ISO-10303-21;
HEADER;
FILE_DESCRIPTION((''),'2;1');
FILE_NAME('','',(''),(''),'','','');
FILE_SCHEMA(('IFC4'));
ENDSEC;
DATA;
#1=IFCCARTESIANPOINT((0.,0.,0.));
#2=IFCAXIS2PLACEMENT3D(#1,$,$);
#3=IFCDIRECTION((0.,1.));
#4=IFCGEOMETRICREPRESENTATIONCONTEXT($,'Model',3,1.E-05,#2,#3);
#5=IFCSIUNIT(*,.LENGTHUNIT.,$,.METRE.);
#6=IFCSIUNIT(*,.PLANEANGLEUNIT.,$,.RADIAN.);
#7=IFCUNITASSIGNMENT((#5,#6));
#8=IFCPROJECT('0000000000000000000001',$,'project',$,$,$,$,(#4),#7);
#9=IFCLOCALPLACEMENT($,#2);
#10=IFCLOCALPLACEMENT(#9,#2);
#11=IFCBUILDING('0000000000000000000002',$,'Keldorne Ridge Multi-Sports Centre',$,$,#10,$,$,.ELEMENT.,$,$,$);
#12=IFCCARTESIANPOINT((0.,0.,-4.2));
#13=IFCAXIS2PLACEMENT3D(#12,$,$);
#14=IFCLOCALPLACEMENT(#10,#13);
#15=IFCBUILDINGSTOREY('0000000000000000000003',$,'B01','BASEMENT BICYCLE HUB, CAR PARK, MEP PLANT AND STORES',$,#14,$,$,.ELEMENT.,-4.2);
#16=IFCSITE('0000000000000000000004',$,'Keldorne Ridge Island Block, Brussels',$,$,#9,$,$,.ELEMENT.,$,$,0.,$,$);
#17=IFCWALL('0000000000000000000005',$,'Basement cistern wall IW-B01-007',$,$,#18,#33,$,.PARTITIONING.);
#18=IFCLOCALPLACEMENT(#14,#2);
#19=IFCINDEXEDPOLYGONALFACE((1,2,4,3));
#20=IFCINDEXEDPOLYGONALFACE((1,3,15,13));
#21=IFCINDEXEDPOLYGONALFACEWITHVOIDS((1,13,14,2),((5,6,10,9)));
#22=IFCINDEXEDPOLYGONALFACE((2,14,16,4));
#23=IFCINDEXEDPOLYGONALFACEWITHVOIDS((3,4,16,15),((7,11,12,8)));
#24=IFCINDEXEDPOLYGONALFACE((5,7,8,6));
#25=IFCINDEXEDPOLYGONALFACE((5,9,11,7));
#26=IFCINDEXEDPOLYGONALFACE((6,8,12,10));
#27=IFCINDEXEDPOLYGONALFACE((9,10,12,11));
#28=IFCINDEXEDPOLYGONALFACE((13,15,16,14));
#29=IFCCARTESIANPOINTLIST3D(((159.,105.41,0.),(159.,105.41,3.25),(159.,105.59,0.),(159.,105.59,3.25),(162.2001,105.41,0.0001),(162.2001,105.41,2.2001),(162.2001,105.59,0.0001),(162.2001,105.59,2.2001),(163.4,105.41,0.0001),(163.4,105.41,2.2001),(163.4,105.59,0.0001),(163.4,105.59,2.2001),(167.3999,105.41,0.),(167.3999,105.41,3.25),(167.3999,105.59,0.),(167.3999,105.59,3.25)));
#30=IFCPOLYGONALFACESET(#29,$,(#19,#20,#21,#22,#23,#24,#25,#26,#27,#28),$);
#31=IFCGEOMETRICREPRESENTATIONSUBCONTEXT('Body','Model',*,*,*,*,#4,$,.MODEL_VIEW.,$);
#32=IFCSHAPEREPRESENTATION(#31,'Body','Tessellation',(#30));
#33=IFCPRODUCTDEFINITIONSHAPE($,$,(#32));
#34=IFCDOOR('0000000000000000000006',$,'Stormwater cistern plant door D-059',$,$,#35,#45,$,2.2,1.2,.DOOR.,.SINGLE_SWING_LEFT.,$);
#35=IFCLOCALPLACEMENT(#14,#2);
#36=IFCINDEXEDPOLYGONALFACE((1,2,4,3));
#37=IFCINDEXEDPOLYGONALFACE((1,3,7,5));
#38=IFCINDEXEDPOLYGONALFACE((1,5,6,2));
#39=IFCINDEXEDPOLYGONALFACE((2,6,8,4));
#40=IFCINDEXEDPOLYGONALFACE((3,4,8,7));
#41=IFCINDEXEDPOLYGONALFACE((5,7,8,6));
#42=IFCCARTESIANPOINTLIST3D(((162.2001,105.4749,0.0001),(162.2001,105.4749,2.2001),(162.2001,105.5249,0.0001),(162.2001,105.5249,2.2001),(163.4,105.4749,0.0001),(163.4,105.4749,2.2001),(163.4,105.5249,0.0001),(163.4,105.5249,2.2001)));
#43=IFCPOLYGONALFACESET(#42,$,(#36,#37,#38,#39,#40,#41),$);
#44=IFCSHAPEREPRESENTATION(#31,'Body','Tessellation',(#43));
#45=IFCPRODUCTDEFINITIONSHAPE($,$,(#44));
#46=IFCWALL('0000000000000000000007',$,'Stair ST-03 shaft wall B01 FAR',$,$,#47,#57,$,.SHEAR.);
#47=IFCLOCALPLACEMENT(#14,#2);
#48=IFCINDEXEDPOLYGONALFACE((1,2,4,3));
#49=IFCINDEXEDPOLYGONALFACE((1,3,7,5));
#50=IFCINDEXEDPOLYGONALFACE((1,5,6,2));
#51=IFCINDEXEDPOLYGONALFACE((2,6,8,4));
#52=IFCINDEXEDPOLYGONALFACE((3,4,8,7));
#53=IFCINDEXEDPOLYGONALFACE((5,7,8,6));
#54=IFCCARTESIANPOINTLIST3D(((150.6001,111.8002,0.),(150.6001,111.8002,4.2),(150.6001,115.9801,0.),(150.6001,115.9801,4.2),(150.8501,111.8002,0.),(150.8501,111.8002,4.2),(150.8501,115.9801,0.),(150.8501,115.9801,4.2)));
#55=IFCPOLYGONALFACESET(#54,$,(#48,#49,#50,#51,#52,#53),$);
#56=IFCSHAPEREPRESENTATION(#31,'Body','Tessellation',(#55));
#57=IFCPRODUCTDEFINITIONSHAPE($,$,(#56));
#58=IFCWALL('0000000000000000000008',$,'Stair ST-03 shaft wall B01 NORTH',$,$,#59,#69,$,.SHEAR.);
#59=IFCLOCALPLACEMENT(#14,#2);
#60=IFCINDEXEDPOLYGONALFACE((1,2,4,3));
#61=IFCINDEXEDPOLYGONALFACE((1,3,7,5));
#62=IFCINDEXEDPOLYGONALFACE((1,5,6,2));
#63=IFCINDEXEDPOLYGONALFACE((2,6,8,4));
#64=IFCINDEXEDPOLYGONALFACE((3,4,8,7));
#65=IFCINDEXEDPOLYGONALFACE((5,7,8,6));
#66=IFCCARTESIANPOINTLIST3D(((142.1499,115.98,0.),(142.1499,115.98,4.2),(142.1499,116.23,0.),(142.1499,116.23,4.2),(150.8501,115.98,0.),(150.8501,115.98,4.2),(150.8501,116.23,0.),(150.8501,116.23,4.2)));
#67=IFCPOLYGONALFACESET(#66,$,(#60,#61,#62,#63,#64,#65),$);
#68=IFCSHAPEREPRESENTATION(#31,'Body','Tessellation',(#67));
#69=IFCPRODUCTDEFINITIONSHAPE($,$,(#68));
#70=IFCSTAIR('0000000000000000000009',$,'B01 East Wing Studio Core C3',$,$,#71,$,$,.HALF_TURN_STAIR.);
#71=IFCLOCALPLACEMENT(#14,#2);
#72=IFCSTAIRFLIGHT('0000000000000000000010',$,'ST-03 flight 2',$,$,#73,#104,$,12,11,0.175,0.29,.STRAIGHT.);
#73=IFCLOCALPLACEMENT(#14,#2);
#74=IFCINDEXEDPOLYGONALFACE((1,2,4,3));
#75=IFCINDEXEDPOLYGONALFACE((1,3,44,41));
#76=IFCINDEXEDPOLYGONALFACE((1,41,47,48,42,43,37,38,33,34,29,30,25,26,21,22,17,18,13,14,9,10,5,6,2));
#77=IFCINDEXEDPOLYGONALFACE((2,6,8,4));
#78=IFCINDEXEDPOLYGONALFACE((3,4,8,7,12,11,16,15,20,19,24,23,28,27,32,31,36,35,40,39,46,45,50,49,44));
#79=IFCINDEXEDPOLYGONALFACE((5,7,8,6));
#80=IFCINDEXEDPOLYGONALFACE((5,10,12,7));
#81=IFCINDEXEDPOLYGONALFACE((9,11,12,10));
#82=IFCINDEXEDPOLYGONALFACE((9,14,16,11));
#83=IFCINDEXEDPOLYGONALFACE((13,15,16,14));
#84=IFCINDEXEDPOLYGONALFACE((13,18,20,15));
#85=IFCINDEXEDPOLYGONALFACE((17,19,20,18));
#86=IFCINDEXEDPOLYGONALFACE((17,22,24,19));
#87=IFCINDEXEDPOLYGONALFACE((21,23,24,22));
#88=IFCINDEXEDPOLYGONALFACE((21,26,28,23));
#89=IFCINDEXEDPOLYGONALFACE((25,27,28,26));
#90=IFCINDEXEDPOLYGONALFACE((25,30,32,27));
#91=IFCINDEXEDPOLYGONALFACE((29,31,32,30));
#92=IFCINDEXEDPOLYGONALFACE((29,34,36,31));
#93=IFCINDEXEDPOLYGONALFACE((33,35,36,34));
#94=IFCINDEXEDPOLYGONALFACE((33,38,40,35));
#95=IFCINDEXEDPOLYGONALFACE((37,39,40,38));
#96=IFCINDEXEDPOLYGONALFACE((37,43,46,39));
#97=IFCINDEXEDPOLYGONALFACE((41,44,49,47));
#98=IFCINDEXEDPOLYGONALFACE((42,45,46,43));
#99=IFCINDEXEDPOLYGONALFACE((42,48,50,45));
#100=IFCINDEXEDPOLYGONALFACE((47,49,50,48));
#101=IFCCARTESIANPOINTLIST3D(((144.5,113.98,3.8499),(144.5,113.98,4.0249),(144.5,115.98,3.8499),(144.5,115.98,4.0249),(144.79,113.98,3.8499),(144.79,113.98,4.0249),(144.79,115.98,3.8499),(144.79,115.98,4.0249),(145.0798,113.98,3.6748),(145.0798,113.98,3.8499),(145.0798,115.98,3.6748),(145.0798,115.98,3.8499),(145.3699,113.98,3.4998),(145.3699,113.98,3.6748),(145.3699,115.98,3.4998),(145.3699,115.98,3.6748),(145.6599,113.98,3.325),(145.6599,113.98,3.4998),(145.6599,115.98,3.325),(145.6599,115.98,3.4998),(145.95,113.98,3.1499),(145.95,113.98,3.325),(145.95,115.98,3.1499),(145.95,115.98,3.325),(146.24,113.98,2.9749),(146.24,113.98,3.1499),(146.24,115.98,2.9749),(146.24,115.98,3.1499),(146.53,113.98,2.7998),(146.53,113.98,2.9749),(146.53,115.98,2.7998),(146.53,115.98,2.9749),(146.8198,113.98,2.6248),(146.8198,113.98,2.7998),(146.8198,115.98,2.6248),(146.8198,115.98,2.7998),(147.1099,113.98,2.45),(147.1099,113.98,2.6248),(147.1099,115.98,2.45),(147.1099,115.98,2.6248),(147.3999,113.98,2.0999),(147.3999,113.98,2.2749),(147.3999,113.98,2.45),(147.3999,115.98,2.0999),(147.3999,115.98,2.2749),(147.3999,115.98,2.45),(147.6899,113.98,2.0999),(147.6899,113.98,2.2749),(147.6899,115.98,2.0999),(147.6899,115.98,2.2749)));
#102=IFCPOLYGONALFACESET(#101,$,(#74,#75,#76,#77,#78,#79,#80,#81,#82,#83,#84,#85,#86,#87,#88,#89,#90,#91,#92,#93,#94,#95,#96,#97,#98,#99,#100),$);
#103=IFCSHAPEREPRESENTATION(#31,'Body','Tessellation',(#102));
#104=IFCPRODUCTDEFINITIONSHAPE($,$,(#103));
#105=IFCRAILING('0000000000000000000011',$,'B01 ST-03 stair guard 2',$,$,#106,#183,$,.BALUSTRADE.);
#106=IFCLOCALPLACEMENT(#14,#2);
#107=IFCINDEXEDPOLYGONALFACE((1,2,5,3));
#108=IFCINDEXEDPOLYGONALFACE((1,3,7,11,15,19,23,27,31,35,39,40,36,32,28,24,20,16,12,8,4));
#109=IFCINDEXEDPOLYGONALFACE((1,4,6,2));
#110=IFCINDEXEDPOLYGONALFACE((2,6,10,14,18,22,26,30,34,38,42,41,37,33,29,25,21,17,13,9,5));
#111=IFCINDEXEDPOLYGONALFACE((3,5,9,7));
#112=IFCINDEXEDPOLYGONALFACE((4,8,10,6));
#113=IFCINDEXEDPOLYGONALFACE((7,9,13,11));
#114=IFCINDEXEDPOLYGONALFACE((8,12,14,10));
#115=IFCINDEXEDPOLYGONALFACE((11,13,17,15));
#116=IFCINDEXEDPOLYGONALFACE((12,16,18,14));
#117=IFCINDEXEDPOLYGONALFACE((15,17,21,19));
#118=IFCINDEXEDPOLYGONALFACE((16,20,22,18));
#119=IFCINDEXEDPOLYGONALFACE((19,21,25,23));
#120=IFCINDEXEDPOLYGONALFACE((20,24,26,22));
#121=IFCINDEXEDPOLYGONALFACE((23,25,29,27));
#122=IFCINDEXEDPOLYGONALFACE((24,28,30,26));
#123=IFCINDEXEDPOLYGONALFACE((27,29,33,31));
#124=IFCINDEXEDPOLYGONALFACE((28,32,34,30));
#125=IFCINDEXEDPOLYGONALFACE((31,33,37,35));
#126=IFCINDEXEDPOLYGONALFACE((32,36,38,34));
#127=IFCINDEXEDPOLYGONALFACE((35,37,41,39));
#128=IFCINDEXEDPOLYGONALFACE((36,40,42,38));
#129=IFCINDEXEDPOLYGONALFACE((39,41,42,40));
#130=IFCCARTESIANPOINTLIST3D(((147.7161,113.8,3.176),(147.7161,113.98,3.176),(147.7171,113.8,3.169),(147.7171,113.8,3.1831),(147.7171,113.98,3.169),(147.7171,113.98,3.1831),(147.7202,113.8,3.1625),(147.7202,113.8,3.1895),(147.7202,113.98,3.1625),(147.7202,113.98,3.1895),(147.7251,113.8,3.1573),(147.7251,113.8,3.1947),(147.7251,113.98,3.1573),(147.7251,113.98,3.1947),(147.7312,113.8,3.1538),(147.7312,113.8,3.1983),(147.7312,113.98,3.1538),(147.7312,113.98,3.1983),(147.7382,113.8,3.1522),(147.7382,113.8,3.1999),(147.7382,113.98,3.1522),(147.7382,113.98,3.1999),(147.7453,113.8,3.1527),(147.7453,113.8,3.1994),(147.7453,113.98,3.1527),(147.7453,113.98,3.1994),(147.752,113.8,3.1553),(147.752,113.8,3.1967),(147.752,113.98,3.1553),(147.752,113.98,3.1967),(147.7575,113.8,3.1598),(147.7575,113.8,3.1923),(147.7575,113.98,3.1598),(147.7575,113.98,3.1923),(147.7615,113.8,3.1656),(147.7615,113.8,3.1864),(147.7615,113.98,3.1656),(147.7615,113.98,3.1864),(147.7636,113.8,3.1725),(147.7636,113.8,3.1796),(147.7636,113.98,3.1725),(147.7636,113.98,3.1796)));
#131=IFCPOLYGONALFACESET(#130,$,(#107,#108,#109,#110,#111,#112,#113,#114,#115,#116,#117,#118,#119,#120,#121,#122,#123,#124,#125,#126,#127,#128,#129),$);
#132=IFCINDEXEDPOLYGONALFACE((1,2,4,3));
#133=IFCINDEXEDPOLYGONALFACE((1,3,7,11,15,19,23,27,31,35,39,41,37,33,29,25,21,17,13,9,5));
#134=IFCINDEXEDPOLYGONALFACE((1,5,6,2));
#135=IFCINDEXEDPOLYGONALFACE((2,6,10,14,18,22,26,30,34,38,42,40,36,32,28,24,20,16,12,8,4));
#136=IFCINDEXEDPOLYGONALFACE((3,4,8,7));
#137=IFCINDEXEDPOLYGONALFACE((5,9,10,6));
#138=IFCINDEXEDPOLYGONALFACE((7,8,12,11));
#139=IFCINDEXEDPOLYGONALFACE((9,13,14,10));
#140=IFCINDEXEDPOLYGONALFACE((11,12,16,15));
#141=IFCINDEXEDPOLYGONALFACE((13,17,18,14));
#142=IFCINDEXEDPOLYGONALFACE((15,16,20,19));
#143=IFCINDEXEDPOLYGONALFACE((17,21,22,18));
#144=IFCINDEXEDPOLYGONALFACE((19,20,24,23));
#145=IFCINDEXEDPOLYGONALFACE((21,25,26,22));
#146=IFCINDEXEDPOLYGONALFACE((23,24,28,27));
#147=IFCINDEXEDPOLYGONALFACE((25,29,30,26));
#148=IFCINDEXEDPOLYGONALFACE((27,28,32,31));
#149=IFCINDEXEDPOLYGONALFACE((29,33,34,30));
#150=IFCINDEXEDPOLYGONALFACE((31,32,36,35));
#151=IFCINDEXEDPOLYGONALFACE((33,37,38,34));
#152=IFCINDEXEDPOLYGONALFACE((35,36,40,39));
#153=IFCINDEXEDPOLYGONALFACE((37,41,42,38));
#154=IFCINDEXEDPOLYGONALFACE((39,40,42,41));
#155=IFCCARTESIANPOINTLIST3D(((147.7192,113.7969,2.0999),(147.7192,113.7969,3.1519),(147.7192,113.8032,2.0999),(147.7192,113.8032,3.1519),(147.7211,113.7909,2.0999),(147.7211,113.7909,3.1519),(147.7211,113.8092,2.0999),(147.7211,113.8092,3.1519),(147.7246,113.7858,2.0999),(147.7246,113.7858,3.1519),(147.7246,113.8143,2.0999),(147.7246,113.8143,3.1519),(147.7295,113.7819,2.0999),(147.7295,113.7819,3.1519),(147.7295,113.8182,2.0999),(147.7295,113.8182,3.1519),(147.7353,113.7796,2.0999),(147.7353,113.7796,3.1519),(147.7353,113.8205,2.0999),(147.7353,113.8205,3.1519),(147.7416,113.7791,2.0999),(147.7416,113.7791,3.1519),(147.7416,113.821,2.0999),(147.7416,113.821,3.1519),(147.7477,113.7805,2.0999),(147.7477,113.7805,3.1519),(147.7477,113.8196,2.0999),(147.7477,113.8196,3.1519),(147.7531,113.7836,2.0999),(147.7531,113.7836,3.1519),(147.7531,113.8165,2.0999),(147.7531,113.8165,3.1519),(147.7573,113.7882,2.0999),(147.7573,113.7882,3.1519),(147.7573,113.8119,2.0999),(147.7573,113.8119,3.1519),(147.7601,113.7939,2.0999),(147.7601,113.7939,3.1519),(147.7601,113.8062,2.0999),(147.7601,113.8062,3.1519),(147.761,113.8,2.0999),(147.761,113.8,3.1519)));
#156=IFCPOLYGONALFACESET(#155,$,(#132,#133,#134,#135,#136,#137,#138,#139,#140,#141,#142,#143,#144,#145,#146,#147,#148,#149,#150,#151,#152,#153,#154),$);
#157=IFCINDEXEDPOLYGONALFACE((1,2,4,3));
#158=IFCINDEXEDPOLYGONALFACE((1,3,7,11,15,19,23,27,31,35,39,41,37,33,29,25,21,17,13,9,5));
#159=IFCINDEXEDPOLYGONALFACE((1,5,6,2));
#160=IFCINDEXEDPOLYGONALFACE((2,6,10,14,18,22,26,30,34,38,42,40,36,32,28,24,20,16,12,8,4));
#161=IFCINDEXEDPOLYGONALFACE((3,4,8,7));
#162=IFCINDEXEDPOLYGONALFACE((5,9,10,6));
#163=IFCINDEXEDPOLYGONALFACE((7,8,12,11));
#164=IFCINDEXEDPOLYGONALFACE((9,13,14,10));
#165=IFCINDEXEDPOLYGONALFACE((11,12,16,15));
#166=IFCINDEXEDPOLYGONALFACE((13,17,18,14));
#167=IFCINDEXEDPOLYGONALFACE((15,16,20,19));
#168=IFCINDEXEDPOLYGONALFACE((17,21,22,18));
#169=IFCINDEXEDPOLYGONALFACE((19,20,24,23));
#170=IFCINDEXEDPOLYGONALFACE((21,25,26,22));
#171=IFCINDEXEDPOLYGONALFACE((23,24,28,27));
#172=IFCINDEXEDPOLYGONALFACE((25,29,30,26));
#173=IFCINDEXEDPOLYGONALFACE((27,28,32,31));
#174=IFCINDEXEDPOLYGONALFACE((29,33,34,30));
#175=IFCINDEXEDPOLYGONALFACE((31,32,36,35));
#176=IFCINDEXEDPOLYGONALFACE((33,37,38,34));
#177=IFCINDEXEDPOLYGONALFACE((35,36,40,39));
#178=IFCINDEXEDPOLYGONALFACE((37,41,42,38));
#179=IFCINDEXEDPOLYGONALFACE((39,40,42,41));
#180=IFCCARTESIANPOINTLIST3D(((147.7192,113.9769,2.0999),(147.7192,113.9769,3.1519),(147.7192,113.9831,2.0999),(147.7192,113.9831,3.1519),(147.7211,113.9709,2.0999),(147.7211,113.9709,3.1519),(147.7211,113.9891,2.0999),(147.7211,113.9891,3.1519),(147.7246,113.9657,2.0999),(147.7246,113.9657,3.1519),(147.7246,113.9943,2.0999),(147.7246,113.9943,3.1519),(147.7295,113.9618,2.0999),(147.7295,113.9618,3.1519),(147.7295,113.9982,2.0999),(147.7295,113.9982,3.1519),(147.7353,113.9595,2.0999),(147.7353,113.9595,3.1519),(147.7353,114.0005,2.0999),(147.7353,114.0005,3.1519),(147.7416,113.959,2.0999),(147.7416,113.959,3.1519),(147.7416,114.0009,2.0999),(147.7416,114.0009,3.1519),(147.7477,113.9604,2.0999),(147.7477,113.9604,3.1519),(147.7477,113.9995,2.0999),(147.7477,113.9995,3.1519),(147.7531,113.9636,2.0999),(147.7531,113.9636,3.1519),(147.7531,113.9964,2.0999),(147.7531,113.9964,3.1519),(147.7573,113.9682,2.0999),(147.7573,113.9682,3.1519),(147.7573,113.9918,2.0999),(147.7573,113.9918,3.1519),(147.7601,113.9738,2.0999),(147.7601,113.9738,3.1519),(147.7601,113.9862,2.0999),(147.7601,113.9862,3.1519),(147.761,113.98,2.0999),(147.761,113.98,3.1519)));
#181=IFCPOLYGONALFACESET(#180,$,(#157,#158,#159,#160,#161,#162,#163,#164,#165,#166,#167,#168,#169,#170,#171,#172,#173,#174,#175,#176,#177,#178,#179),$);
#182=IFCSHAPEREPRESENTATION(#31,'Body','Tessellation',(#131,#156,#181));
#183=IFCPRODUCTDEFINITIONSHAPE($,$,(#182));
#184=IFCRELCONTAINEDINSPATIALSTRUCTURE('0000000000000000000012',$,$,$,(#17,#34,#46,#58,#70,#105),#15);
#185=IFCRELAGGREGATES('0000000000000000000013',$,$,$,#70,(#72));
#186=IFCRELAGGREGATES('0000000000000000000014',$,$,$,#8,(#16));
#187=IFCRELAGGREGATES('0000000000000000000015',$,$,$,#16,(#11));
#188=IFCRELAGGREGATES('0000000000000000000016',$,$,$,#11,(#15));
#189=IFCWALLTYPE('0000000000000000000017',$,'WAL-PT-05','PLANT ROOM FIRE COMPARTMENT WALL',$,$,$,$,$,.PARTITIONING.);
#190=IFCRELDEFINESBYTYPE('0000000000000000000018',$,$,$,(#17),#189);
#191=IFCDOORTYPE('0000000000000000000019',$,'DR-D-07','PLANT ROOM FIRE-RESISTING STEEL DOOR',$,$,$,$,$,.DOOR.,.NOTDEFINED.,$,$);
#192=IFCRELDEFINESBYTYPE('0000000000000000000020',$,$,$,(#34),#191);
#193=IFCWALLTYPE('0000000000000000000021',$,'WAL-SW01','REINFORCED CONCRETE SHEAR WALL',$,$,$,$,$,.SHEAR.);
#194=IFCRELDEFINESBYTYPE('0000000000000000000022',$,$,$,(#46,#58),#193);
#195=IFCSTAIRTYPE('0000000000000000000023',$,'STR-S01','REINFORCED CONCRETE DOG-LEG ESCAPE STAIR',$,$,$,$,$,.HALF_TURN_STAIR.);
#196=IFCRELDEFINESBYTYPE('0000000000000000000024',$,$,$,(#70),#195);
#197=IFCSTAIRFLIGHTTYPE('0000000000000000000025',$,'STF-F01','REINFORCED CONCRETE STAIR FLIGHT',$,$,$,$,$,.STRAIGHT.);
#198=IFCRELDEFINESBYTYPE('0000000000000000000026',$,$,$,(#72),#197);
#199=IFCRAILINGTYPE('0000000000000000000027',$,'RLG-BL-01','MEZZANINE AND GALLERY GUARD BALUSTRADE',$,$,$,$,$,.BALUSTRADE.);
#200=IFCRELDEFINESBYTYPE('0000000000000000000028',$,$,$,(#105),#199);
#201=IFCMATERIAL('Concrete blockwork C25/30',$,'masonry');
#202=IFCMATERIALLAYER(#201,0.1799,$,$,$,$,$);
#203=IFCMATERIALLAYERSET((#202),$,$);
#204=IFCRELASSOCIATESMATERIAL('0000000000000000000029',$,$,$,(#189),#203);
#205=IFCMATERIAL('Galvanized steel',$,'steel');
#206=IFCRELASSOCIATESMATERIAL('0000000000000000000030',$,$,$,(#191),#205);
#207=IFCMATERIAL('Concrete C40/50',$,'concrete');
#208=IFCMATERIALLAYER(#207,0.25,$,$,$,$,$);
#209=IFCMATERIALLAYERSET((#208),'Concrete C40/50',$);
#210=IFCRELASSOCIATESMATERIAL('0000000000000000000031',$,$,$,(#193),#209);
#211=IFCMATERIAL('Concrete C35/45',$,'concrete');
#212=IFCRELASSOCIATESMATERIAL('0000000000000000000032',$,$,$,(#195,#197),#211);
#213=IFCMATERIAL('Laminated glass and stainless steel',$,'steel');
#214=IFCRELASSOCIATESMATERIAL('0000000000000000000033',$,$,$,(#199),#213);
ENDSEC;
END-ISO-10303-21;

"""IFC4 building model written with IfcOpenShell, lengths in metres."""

from ifc_helpers import new_model, si_unit, direction, frame, frame_2d, origin, origin_2d, place, context, subcontext, project, spatial, polyline, rectangle, circle, outline, extrude, material, layer, layer_set, type_object, element, fill, aggregate, save


model = new_model("IFC4")

# Units and contexts
model_context = context("Model", 3, precision=1e-05, world=origin(), true_north=direction((0.0, 1.0)))
body_context = subcontext(model_context, "Body", "Model", "MODEL_VIEW")
ifc_project = project(units=[si_unit("LENGTHUNIT", "METRE"), si_unit("PLANEANGLEUNIT", "RADIAN")], contexts=[model_context])

# Site, building, storey
site_placement = place(None, origin())
site = spatial("IfcSite", under=ifc_project, at=site_placement, Name="Keldorne Ridge Island Block, Brussels", CompositionType="ELEMENT", RefElevation=0.0)
building_placement = place(site_placement, origin())
building = spatial("IfcBuilding", under=site, at=building_placement, Name="Keldorne Ridge Multi-Sports Centre", CompositionType="ELEMENT")
storey_placement = place(building_placement, frame((0.0, 0.0, -4.2)))
storey = spatial("IfcBuildingStorey", under=building, at=storey_placement, Name="B01", Description="BASEMENT BICYCLE HUB, CAR PARK, MEP PLANT AND STORES", CompositionType="ELEMENT", Elevation=-4.2)

# Shared definitions
ifc_material_1 = material(Name="Concrete C35/45", Category="concrete")

# Shared definitions
ifc_material_2 = material(Name="Concrete C40/50", Category="concrete")

# Wall, opening, door
ifc_material_3 = material(Name="Concrete blockwork C25/30", Category="masonry")
ifc_layer_1 = layer(ifc_material_3, 0.1799)
ifc_layer_set_1 = layer_set([ifc_layer_1])
wall_type_1 = type_object("IfcWallType", Name="WAL-PT-05", Description="PLANT ROOM FIRE COMPARTMENT WALL", PredefinedType="PARTITIONING", material=ifc_layer_set_1)
wall_1_placement = place(storey_placement, frame((159.0, 105.5, 0.0), z_axis=(0.0, 0.0, 1.0), x_axis=(1.0, 0.0, 0.0)))
wall_1 = element("IfcWall", 1, at=wall_1_placement, inside=storey, type_object=wall_type_1, Name="Basement cistern wall IW-B01-007", PredefinedType="PARTITIONING", context=body_context, shape_type="SweptSolid", body=[
    extrude(rectangle(XDim=8.3999, YDim=0.1799, at=frame_2d((4.2, 0.0))), origin(), (0.0, 0.0, 1.0), 3.25),
])
opening_placement = place(wall_1_placement, frame((3.2, 0.0, 0.0)))
opening = element("IfcOpeningElement", 2, at=opening_placement, cuts=wall_1, PredefinedType="OPENING", context=body_context, shape_type="SweptSolid", body=[
    extrude(rectangle(XDim=1.2, YDim=2.2, at=frame_2d((0.6001, 1.1001))), frame((0.0, 0.1001, 0.0), z_axis=(0.0, -1.0, 0.0), x_axis=(1.0, 0.0, 0.0)), (0.0, 0.0, 1.0), 0.2),
])
ifc_material_4 = material(Name="Galvanized steel", Category="steel")
door_type = type_object("IfcDoorType", Name="DR-D-07", Description="PLANT ROOM FIRE-RESISTING STEEL DOOR", OperationType="NOTDEFINED", PredefinedType="DOOR", material=ifc_material_4)
door_placement = place(opening_placement, origin())
door = element("IfcDoor", 3, at=door_placement, inside=storey, type_object=door_type, Name="Stormwater cistern plant door D-059", OperationType="SINGLE_SWING_LEFT", OverallHeight=2.2, OverallWidth=1.2, PredefinedType="DOOR", context=body_context, shape_type="SweptSolid", body=[
    extrude(rectangle(XDim=1.2, YDim=2.2, at=frame_2d((0.6001, 1.1001))), frame((0.0, 0.0249, 0.0), z_axis=(0.0, -1.0, 0.0), x_axis=(1.0, 0.0, 0.0)), (0.0, 0.0, 1.0), 0.05),
])
fill(opening, door)

# Walls
ifc_layer_2 = layer(ifc_material_2, 0.25)
ifc_layer_set_2 = layer_set([ifc_layer_2], Name="Concrete C40/50")
wall_type_2 = type_object("IfcWallType", Name="WAL-SW01", Description="REINFORCED CONCRETE SHEAR WALL", PredefinedType="SHEAR", material=ifc_layer_set_2)
wall_2_placement = place(storey_placement, frame((150.7251, 115.98, 0.0), z_axis=(0.0, 0.0, 1.0), x_axis=(0.0, -1.0, 0.0)))
element("IfcWall", 4, at=wall_2_placement, inside=storey, type_object=wall_type_2, Name="Stair ST-03 shaft wall B01 FAR", PredefinedType="SHEAR", context=body_context, shape_type="SweptSolid", body=[
    extrude(rectangle(XDim=4.1799, YDim=0.25, at=frame_2d((2.0898, 0.0))), origin(), (0.0, 0.0, 1.0), 4.2),
])
wall_3_placement = place(storey_placement, frame((150.8501, 116.105, 0.0), z_axis=(0.0, 0.0, 1.0), x_axis=(-1.0, 0.0, 0.0)))
element("IfcWall", 5, at=wall_3_placement, inside=storey, type_object=wall_type_2, Name="Stair ST-03 shaft wall B01 NORTH", PredefinedType="SHEAR", context=body_context, shape_type="SweptSolid", body=[
    extrude(rectangle(XDim=8.7002, YDim=0.25, at=frame_2d((4.3501, 0.0))), origin(), (0.0, 0.0, 1.0), 4.2),
])

# Stair, stair flight
stair_type = type_object("IfcStairType", Name="STR-S01", Description="REINFORCED CONCRETE DOG-LEG ESCAPE STAIR", PredefinedType="HALF_TURN_STAIR", material=ifc_material_1)
stair_placement = place(storey_placement, origin())
stair = element("IfcStair", 6, at=stair_placement, inside=storey, type_object=stair_type, Name="B01 East Wing Studio Core C3", PredefinedType="HALF_TURN_STAIR")
stair_flight_type = type_object("IfcStairFlightType", Name="STF-F01", Description="REINFORCED CONCRETE STAIR FLIGHT", PredefinedType="STRAIGHT", material=ifc_material_1)
stair_flight_placement = place(storey_placement, frame((147.6899, 114.98, 2.0999), z_axis=(0.0, 0.0, 1.0), x_axis=(-1.0, 0.0, 0.0)))
stair_flight = element("IfcStairFlight", 7, at=stair_flight_placement, type_object=stair_flight_type, Name="ST-03 flight 2", NumberOfRisers=12, NumberOfTreads=11, PredefinedType="STRAIGHT", RiserHeight=0.175, TreadLength=0.29, context=body_context, shape_type="SweptSolid", body=[
    extrude(outline(polyline([(0.0, 0.0), (0.0, 0.175), (0.29, 0.175), (0.29, 0.3501), (0.5801, 0.3501), (0.5801, 0.5249), (0.8701, 0.5249), (0.8701, 0.7), (1.1599, 0.7), (1.1599, 0.875), (1.45, 0.875), (1.45, 1.05), (1.74, 1.05), (1.74, 1.2251), (2.03, 1.2251), (2.03, 1.3999), (2.3201, 1.3999), (2.3201, 1.575), (2.6101, 1.575), (2.6101, 1.75), (2.8999, 1.75), (2.8999, 1.925), (3.1899, 1.925), (3.1899, 2.1001), (3.1899, 1.75), (0.29, 0.0), (0.0, 0.0)])), frame((0.0, 1.0, 0.0), z_axis=(0.0, -1.0, 0.0), x_axis=(1.0, 0.0, 0.0)), (0.0, 0.0, 1.0), 2.0),
])
aggregate(stair, [stair_flight])

# Railing
ifc_material_5 = material(Name="Laminated glass and stainless steel", Category="steel")
railing_type_1 = type_object("IfcRailingType", Name="RLG-BL-01", Description="MEZZANINE AND GALLERY GUARD BALUSTRADE", PredefinedType="BALUSTRADE", material=ifc_material_5)
railing_1_placement = place(storey_placement, frame((147.74, 113.8, 2.0999)))
element("IfcRailing", 8, at=railing_1_placement, inside=storey, type_object=railing_type_1, Name="B01 ST-03 stair guard 2", PredefinedType="BALUSTRADE", context=body_context, shape_type="SweptSolid", body=[
    extrude(circle(Radius=0.0239, at=origin_2d()), frame((0.0, 0.0, 1.0762), z_axis=(0.0, 1.0, 0.0), x_axis=(-1.0, 0.0, 0.0)), (0.0, 0.0, 1.0), 0.1799),
    extrude(circle(Radius=0.021, at=origin_2d()), origin(), (0.0, 0.0, 1.0), 1.052),
    extrude(circle(Radius=0.021, at=origin_2d()), frame((0.0, 0.1799, 0.0)), (0.0, 0.0, 1.0), 1.052),
])

save(model, "model.ifc")
